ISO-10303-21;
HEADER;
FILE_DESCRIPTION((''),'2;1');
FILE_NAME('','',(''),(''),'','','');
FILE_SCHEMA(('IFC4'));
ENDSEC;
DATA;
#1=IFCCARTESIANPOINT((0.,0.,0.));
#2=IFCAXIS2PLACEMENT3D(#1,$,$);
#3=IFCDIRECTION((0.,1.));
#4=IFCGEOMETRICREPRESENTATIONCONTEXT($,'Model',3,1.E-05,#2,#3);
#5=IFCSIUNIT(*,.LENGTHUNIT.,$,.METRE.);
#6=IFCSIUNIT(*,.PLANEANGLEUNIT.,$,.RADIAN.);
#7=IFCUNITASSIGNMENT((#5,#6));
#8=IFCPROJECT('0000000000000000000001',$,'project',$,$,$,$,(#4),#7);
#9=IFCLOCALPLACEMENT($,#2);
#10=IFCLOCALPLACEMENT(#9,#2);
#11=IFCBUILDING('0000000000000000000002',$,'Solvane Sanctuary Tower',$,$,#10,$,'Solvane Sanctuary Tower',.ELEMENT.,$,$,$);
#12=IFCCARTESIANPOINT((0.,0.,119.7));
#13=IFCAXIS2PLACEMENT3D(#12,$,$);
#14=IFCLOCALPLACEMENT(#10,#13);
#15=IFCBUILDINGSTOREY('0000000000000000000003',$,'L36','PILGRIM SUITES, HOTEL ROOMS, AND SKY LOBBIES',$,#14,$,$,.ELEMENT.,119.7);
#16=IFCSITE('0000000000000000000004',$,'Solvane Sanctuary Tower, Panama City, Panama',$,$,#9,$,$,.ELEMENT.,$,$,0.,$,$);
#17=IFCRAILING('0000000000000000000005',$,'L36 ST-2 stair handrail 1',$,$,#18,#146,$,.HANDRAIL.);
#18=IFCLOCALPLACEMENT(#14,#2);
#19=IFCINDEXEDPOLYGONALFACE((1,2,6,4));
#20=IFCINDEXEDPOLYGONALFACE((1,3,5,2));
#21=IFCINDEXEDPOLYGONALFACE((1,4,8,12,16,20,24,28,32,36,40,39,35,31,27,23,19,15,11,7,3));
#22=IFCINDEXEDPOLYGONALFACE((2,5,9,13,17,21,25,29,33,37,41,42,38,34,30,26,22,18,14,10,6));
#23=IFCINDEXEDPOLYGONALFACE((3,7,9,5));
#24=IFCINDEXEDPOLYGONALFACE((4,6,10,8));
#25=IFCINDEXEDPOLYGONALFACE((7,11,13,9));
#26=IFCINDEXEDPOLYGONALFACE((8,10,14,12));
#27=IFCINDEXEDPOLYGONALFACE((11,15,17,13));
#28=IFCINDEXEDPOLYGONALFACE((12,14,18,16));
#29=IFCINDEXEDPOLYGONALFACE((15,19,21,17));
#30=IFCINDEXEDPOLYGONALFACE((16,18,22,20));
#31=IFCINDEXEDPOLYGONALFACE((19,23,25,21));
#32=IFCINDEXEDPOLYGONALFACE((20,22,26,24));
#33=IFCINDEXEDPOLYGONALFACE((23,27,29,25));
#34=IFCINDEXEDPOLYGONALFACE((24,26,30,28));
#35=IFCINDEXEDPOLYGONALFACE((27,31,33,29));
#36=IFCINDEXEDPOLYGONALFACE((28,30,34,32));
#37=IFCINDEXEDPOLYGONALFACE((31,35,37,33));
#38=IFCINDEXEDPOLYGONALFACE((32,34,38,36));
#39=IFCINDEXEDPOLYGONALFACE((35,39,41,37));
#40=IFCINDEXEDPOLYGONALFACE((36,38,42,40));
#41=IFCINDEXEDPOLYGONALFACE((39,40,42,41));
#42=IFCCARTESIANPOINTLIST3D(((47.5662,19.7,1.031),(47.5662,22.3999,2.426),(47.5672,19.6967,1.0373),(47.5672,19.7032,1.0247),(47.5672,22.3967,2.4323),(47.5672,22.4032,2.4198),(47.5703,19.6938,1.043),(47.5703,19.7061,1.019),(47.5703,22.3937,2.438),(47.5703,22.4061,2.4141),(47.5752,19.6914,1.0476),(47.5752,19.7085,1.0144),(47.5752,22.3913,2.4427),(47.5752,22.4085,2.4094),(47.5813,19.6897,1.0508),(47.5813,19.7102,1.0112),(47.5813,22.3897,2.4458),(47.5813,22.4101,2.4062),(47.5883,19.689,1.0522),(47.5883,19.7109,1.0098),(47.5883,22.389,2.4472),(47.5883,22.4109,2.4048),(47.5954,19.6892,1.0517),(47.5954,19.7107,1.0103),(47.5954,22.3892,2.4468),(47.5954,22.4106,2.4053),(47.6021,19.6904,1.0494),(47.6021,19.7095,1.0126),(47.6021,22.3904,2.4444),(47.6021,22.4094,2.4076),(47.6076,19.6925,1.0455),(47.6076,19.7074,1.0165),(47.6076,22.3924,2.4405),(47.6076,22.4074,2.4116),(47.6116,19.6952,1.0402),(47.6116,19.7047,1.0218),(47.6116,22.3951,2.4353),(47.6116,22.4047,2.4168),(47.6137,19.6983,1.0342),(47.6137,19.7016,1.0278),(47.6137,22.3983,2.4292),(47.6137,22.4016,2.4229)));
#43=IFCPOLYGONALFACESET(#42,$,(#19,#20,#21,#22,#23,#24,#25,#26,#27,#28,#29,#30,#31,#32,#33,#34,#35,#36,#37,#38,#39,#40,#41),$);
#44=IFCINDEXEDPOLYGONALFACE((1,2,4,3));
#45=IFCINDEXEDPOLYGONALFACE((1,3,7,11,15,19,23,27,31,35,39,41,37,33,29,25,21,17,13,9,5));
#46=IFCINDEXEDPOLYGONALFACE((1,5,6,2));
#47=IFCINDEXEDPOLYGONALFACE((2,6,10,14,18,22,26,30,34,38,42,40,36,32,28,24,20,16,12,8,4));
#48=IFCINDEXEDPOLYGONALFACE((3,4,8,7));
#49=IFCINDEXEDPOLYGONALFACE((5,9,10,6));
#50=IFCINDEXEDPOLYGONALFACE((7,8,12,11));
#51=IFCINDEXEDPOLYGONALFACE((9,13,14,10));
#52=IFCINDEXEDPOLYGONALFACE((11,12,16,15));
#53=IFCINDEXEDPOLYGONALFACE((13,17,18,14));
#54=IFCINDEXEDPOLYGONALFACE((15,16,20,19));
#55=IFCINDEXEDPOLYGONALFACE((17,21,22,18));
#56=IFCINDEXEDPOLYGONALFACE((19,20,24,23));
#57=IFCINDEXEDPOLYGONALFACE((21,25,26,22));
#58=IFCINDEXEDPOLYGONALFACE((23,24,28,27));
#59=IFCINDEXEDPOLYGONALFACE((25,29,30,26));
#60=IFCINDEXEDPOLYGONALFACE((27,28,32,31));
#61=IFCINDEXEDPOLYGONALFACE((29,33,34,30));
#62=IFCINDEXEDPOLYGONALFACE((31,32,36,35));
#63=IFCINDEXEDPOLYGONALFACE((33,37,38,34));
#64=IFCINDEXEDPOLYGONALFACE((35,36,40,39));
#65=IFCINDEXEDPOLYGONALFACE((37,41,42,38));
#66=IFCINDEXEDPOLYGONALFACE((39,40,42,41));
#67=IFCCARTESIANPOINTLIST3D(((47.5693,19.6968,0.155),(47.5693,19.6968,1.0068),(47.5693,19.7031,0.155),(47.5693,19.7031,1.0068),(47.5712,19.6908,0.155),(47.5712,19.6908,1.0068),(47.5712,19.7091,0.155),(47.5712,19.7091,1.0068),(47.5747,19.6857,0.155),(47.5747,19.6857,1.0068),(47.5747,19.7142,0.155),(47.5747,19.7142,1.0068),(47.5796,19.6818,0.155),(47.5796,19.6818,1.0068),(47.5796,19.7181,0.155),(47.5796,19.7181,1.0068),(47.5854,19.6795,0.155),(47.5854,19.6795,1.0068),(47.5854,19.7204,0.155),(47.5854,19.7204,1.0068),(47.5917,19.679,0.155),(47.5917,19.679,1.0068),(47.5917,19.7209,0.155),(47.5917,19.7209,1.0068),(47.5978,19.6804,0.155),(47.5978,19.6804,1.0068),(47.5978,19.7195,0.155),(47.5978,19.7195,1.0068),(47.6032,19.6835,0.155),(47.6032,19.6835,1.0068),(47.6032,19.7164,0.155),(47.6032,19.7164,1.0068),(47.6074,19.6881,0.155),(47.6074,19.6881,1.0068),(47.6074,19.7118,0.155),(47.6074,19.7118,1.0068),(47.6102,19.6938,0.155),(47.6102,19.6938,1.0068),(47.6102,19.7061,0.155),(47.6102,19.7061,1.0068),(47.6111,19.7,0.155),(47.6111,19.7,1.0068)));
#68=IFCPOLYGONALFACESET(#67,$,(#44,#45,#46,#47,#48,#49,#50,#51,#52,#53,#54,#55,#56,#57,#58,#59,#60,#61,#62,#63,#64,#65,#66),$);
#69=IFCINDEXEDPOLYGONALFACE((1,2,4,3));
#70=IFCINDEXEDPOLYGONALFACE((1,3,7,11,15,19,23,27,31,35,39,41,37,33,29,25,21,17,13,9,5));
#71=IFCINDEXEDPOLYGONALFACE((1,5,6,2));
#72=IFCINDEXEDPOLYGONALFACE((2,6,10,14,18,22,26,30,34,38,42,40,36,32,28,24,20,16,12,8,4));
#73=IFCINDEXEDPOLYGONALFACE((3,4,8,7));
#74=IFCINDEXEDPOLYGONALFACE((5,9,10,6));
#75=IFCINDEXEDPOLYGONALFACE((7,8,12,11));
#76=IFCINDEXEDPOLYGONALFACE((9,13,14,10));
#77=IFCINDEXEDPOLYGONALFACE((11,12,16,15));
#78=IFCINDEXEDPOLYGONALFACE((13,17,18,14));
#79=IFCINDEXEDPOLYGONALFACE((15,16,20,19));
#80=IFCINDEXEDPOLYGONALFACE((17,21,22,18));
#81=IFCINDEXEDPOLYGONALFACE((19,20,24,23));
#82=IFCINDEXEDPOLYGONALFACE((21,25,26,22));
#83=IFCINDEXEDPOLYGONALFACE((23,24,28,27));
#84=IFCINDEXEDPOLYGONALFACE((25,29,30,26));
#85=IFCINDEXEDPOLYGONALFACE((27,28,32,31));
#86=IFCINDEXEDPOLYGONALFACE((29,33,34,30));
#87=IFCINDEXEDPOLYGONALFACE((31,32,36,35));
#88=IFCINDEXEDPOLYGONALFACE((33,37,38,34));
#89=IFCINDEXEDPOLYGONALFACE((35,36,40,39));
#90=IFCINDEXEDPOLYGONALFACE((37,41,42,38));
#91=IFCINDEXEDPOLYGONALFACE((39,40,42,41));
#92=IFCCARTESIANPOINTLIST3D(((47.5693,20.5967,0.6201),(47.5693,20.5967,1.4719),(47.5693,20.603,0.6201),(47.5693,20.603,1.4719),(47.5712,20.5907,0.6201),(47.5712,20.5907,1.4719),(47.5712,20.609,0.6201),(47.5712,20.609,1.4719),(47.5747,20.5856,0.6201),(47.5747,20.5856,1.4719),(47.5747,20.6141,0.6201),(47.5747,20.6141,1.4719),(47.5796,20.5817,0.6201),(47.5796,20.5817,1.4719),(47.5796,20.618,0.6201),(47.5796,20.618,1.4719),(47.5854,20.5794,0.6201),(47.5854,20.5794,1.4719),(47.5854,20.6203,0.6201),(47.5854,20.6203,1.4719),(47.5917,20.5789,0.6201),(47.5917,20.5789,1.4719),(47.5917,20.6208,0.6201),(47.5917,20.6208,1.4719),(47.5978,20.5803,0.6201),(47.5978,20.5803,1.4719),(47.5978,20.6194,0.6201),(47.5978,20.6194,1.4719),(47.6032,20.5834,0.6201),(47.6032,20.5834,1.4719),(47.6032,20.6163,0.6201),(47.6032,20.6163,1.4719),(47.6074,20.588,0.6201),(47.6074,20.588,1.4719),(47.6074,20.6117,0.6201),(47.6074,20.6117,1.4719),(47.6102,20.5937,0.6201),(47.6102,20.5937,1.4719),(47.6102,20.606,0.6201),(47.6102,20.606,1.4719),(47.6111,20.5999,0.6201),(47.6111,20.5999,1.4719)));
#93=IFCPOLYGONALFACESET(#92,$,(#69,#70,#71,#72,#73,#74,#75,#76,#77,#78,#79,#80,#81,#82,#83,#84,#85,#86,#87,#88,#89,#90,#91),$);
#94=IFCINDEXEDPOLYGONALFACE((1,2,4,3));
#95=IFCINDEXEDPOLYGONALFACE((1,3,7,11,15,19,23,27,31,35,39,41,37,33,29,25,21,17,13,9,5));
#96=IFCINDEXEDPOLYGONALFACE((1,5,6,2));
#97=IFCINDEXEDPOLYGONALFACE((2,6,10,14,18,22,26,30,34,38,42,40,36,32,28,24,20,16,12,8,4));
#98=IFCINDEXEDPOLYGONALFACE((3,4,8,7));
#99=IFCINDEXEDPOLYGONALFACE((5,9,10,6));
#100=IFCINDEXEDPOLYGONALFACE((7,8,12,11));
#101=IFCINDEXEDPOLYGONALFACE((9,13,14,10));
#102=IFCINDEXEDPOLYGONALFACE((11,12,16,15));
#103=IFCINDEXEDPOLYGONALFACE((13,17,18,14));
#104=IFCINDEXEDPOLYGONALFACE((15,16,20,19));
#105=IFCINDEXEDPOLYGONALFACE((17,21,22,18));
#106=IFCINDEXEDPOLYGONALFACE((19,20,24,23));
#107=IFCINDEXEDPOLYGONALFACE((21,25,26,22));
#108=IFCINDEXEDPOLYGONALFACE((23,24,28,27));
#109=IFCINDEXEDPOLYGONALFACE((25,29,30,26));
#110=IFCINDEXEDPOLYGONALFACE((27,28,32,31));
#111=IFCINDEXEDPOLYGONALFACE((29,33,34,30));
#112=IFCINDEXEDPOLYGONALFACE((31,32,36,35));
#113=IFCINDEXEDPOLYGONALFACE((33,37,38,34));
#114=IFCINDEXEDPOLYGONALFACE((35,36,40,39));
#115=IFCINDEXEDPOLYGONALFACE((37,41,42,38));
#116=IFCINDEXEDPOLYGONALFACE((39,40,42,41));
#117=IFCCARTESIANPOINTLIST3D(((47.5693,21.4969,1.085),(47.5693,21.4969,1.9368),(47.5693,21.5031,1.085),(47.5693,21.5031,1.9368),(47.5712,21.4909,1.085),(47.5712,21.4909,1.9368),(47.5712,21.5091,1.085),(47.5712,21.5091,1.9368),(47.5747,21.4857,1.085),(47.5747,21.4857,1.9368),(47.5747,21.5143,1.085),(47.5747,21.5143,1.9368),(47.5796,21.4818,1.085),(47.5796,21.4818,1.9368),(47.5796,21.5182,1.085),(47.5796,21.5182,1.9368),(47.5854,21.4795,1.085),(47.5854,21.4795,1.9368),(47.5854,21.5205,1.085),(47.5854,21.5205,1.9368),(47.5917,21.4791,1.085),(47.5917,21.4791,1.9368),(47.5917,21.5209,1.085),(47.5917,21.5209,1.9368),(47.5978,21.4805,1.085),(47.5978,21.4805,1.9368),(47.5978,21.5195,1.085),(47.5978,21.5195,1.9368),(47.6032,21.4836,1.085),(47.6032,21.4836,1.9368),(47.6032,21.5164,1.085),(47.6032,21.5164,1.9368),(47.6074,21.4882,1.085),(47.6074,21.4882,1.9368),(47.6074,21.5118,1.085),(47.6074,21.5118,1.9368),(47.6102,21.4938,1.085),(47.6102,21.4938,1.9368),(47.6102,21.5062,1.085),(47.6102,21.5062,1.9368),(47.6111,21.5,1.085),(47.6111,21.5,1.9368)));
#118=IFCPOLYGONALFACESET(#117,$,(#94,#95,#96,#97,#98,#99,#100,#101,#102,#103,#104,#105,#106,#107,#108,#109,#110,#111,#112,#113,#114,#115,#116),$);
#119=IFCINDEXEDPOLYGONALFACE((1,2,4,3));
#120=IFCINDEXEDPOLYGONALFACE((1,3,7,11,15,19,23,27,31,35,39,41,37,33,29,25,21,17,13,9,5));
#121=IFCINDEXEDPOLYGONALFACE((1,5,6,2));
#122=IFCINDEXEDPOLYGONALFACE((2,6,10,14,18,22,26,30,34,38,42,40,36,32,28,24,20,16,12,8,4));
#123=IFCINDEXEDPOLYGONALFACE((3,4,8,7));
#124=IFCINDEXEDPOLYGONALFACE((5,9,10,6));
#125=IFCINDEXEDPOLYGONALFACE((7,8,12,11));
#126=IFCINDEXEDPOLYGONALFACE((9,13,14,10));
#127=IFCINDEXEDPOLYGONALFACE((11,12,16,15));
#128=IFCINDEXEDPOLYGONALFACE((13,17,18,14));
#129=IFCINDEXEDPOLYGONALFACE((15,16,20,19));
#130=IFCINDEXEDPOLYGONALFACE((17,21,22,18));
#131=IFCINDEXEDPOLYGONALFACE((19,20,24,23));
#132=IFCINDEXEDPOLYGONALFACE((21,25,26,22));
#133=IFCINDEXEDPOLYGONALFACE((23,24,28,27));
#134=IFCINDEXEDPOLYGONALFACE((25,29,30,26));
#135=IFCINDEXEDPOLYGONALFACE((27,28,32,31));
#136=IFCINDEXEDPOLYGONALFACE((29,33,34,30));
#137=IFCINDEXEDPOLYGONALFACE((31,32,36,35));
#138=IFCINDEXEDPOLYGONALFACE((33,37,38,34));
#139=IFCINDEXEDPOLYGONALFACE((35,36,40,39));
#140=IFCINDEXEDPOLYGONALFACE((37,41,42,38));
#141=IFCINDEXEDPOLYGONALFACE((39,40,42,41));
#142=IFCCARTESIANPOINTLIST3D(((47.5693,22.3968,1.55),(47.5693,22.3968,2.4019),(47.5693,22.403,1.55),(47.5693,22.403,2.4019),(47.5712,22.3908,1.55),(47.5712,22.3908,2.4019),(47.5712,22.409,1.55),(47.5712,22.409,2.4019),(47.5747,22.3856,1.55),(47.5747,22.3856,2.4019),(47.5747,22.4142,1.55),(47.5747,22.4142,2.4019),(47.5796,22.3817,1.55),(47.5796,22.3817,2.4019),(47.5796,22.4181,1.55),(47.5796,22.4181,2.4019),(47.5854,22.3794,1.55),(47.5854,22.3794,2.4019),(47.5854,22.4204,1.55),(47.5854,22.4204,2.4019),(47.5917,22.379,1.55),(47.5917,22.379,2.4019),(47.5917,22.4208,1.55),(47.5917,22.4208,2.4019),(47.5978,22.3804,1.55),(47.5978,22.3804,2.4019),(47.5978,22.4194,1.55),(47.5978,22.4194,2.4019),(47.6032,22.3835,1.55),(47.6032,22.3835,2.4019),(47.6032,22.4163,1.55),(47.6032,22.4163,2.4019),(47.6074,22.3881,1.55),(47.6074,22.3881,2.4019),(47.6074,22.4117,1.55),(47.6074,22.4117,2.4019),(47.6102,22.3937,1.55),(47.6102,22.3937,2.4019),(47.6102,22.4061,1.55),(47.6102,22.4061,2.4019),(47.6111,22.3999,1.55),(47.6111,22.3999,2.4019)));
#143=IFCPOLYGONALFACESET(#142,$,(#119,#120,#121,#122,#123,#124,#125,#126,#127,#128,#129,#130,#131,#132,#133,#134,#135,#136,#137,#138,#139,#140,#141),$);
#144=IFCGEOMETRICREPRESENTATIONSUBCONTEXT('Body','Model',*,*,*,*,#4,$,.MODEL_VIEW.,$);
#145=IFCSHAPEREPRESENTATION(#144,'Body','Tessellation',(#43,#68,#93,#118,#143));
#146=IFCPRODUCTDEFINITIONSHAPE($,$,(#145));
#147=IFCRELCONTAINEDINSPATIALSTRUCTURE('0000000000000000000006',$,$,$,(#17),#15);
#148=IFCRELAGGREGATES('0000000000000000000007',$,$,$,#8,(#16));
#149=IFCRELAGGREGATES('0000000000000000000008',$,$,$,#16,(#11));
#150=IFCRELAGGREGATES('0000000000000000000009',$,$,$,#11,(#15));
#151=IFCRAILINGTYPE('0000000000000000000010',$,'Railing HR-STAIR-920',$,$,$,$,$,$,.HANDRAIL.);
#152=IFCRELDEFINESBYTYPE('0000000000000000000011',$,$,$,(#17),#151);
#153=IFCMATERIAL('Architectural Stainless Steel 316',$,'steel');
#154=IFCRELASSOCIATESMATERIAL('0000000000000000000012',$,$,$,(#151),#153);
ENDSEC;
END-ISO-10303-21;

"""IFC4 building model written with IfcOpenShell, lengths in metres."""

from ifc_helpers import new_model, si_unit, direction, frame, origin, origin_2d, place, context, subcontext, project, spatial, circle, extrude, material, type_object, element, save


model = new_model("IFC4")

# Units and contexts
model_context = context("Model", 3, precision=1e-05, world=origin(), true_north=direction((0.0, 1.0)))
body_context = subcontext(model_context, "Body", "Model", "MODEL_VIEW")
ifc_project = project(units=[si_unit("LENGTHUNIT", "METRE"), si_unit("PLANEANGLEUNIT", "RADIAN")], contexts=[model_context])

# Site, building, storey
site_placement = place(None, origin())
site = spatial("IfcSite", under=ifc_project, at=site_placement, Name="Solvane Sanctuary Tower, Panama City, Panama", CompositionType="ELEMENT", RefElevation=0.0)
building_placement = place(site_placement, origin())
building = spatial("IfcBuilding", under=site, at=building_placement, Name="Solvane Sanctuary Tower", LongName="Solvane Sanctuary Tower", CompositionType="ELEMENT")
storey_placement = place(building_placement, frame((0.0, 0.0, 119.7)))
storey = spatial("IfcBuildingStorey", under=building, at=storey_placement, Name="L36", Description="PILGRIM SUITES, HOTEL ROOMS, AND SKY LOBBIES", CompositionType="ELEMENT", Elevation=119.7)

# Shared definitions
ifc_material_1 = material(Name="Architectural Stainless Steel 316", Category="steel")

# Railing
railing_type_1 = type_object("IfcRailingType", Name="Railing HR-STAIR-920", PredefinedType="HANDRAIL", material=ifc_material_1)
railing_1_placement = place(storey_placement, frame((47.5901, 19.7, 0.155)))
element("IfcRailing", 1, at=railing_1_placement, inside=storey, type_object=railing_type_1, Name="L36 ST-2 stair handrail 1", PredefinedType="HANDRAIL", context=body_context, shape_type="SweptSolid", body=[
    extrude(circle(Radius=0.0239, at=origin_2d()), frame((0.0, 0.0, 0.876), z_axis=(0.0, 0.88842, 0.459032), x_axis=(-1.0, 0.0, 0.0)), (0.0, 0.0, 1.0), 3.0391),
    extrude(circle(Radius=0.021, at=origin_2d()), origin(), (0.0, 0.0, 1.0), 0.8518),
    extrude(circle(Radius=0.021, at=origin_2d()), frame((0.0, 0.8999, 0.4651)), (0.0, 0.0, 1.0), 0.8518),
    extrude(circle(Radius=0.021, at=origin_2d()), frame((0.0, 1.8, 0.9299)), (0.0, 0.0, 1.0), 0.8518),
    extrude(circle(Radius=0.021, at=origin_2d()), frame((0.0, 2.7, 1.395)), (0.0, 0.0, 1.0), 0.8518),
])

save(model, "model.ifc")
